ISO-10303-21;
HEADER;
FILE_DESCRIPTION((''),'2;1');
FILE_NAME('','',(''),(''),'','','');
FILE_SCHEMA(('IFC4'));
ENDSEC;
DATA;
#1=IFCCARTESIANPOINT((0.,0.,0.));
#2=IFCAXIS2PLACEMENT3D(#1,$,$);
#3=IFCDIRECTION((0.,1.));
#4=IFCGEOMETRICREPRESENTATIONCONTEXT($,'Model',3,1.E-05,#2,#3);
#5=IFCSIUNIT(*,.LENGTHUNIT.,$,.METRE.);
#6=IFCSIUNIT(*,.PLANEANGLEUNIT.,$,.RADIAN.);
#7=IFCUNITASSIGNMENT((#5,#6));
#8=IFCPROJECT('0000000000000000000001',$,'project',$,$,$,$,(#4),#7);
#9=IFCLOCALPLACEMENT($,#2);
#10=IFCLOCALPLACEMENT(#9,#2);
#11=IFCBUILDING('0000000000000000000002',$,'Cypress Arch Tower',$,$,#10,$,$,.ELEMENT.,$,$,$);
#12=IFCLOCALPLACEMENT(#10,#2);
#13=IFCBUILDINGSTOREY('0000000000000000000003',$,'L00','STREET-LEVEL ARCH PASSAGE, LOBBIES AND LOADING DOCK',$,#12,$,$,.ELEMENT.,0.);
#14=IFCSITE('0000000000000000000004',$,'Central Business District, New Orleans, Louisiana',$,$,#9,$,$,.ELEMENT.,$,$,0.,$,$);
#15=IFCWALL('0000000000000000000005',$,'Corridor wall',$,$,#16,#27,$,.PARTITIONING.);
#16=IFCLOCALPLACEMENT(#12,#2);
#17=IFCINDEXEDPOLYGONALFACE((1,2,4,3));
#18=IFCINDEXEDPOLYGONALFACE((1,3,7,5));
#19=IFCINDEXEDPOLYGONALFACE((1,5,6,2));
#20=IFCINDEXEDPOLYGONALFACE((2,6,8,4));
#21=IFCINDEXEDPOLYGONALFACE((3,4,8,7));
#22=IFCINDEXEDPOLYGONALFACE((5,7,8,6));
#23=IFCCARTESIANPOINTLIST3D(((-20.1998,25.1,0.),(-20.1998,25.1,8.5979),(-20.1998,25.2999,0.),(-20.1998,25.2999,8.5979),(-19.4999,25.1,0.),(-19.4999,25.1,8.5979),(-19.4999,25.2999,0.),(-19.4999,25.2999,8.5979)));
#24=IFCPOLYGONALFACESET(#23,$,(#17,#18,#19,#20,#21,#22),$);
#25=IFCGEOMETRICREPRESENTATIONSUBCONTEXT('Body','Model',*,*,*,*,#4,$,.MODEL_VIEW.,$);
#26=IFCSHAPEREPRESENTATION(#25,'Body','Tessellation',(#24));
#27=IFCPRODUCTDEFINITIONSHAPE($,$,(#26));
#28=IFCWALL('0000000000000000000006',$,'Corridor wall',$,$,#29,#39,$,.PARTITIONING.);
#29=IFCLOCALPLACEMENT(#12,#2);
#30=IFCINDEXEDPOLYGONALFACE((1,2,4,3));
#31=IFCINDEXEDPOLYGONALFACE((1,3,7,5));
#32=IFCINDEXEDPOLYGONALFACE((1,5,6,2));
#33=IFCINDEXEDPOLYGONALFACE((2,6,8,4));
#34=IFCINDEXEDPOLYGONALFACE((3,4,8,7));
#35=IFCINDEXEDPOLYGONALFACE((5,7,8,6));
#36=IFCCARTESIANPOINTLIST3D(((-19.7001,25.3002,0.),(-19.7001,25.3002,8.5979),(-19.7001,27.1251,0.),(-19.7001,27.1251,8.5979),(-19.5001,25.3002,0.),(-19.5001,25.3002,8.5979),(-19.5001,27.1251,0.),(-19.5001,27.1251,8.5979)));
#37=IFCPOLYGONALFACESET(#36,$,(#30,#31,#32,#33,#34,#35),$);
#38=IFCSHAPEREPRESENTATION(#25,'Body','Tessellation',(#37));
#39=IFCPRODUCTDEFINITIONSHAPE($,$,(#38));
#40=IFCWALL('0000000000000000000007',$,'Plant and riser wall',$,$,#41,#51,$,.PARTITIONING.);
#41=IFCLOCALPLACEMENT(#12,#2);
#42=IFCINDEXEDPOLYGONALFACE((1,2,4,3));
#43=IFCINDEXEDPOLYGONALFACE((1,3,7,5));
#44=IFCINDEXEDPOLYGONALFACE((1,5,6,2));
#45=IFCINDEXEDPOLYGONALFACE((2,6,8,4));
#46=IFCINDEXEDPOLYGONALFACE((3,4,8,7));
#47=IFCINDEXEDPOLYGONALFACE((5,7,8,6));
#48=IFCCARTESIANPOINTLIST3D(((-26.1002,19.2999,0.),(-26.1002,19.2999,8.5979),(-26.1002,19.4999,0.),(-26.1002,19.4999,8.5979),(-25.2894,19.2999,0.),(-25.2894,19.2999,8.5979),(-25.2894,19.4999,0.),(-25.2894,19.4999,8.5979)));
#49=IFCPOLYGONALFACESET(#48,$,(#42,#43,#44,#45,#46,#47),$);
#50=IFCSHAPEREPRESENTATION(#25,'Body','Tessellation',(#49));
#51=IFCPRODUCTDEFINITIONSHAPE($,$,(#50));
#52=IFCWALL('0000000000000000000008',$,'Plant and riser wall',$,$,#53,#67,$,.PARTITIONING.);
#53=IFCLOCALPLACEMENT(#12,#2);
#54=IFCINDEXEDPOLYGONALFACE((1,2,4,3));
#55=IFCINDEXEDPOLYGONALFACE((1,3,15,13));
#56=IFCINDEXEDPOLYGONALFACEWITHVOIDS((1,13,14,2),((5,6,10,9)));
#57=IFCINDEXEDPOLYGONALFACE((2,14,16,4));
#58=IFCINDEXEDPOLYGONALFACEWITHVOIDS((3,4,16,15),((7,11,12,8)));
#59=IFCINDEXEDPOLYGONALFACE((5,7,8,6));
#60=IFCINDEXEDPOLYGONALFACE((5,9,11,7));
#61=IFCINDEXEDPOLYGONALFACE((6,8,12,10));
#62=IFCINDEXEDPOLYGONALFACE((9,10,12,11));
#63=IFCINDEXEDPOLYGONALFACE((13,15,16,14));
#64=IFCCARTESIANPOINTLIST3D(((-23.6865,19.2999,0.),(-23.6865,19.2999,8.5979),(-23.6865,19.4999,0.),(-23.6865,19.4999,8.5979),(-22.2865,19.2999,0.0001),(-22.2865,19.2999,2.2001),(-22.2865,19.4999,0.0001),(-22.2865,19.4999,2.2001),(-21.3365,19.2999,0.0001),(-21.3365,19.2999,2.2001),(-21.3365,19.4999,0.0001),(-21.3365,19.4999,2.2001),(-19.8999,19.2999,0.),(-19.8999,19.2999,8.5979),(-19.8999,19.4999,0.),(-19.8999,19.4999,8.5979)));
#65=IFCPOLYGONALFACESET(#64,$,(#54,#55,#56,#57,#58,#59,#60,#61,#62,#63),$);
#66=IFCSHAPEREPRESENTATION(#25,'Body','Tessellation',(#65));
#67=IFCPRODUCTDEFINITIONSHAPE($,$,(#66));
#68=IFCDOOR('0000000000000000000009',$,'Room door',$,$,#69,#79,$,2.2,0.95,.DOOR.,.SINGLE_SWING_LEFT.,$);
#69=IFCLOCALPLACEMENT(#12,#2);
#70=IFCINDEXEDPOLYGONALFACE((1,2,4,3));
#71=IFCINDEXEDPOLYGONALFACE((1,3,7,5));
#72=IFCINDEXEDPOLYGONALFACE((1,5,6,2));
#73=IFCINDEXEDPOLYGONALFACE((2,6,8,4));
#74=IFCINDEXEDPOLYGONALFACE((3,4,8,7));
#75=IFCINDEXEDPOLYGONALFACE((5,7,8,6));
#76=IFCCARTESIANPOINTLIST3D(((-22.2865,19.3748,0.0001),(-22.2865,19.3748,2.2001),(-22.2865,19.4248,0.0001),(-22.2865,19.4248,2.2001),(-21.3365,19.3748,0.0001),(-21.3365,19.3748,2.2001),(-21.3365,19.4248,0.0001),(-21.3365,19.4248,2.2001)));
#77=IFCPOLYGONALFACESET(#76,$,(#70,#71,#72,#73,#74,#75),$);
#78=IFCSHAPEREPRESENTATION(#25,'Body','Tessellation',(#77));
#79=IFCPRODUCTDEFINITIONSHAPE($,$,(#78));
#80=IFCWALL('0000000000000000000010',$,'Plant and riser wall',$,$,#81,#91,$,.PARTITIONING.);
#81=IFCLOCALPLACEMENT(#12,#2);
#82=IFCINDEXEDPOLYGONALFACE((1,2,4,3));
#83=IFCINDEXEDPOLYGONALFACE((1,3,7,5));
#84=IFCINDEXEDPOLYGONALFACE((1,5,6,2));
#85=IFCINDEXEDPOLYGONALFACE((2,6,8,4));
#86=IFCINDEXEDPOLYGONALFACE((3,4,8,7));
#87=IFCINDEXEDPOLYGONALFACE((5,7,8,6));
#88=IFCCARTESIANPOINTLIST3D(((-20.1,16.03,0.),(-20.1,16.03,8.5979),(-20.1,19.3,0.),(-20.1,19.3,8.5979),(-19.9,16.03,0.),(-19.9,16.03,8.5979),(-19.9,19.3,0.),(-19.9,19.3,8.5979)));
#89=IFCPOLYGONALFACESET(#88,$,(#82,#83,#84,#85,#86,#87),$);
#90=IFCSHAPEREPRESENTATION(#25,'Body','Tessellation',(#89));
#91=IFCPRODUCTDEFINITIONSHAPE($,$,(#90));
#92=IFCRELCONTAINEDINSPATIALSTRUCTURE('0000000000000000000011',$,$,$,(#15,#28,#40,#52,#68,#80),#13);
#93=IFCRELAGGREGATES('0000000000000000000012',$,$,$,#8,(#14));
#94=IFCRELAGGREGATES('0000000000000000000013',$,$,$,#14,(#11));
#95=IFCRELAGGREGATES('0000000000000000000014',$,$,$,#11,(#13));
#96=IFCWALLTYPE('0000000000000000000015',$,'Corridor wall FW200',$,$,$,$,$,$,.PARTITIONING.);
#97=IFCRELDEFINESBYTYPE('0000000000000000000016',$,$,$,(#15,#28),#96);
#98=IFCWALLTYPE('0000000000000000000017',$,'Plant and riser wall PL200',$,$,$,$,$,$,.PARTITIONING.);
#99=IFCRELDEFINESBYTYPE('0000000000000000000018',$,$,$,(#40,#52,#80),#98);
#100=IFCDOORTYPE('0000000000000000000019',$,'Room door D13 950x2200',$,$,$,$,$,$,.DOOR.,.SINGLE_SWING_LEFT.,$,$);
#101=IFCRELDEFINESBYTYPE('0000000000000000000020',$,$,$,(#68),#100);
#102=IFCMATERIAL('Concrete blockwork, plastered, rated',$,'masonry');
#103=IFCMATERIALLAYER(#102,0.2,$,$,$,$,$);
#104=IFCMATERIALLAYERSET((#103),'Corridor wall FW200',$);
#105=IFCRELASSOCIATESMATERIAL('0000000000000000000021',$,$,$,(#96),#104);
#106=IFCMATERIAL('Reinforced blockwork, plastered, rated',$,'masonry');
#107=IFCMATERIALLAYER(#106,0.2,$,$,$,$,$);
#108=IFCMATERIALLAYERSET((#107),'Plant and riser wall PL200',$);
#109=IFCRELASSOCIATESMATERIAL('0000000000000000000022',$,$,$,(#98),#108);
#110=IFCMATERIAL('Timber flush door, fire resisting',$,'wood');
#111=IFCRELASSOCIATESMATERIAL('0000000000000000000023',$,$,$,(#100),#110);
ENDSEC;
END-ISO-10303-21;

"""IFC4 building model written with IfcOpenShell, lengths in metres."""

from ifc_helpers import new_model, si_unit, direction, frame, frame_2d, origin, place, context, subcontext, project, spatial, rectangle, extrude, material, layer, layer_set, type_object, element, fill, save


model = new_model("IFC4")

# Units and contexts
model_context = context("Model", 3, precision=1e-05, world=origin(), true_north=direction((0.0, 1.0)))
body_context = subcontext(model_context, "Body", "Model", "MODEL_VIEW")
ifc_project = project(units=[si_unit("LENGTHUNIT", "METRE"), si_unit("PLANEANGLEUNIT", "RADIAN")], contexts=[model_context])

# Site, building, storey
site_placement = place(None, origin())
site = spatial("IfcSite", under=ifc_project, at=site_placement, Name="Central Business District, New Orleans, Louisiana", CompositionType="ELEMENT", RefElevation=0.0)
building_placement = place(site_placement, origin())
building = spatial("IfcBuilding", under=site, at=building_placement, Name="Cypress Arch Tower", CompositionType="ELEMENT")
storey_placement = place(building_placement, origin())
storey = spatial("IfcBuildingStorey", under=building, at=storey_placement, Name="L00", Description="STREET-LEVEL ARCH PASSAGE, LOBBIES AND LOADING DOCK", CompositionType="ELEMENT", Elevation=0.0)

# Shared definitions
ifc_material_1 = material(Name="Concrete blockwork, plastered, rated", Category="masonry")
ifc_layer_1 = layer(ifc_material_1, 0.2)
ifc_layer_set_1 = layer_set([ifc_layer_1], Name="Corridor wall FW200")
wall_type_1 = type_object("IfcWallType", Name="Corridor wall FW200", PredefinedType="PARTITIONING", material=ifc_layer_set_1)

# Walls
wall_1_placement = place(storey_placement, frame((-20.2, 25.2, 0.0), z_axis=(0.0, 0.0, 1.0), x_axis=(1.0, 0.0, 0.0)))
element("IfcWall", 1, at=wall_1_placement, inside=storey, type_object=wall_type_1, Name="Corridor wall", PredefinedType="PARTITIONING", context=body_context, shape_type="SweptSolid", body=[
    extrude(rectangle(XDim=0.7, YDim=0.2, at=frame_2d((0.3501, 0.0))), origin(), (0.0, 0.0, 1.0), 8.5979),
])
wall_2_placement = place(storey_placement, frame((-19.6001, 25.3, 0.0), z_axis=(0.0, 0.0, 1.0), x_axis=(0.0, 1.0, 0.0)))
element("IfcWall", 2, at=wall_2_placement, inside=storey, type_object=wall_type_1, Name="Corridor wall", PredefinedType="PARTITIONING", context=body_context, shape_type="SweptSolid", body=[
    extrude(rectangle(XDim=1.825, YDim=0.2, at=frame_2d((0.9126, 0.0))), origin(), (0.0, 0.0, 1.0), 8.5979),
])
ifc_material_2 = material(Name="Reinforced blockwork, plastered, rated", Category="masonry")
ifc_layer_2 = layer(ifc_material_2, 0.2)
ifc_layer_set_2 = layer_set([ifc_layer_2], Name="Plant and riser wall PL200")
wall_type_2 = type_object("IfcWallType", Name="Plant and riser wall PL200", PredefinedType="PARTITIONING", material=ifc_layer_set_2)
wall_3_placement = place(storey_placement, frame((-26.1001, 19.3999, 0.0), z_axis=(0.0, 0.0, 1.0), x_axis=(1.0, 0.0, 0.0)))
element("IfcWall", 3, at=wall_3_placement, inside=storey, type_object=wall_type_2, Name="Plant and riser wall", PredefinedType="PARTITIONING", context=body_context, shape_type="SweptSolid", body=[
    extrude(rectangle(XDim=0.8108, YDim=0.2, at=frame_2d((0.4053, 0.0))), origin(), (0.0, 0.0, 1.0), 8.5979),
])

# Wall, opening, door
wall_4_placement = place(storey_placement, frame((-23.6865, 19.3999, 0.0), z_axis=(0.0, 0.0, 1.0), x_axis=(1.0, 0.0, 0.0)))
wall_4 = element("IfcWall", 4, at=wall_4_placement, inside=storey, type_object=wall_type_2, Name="Plant and riser wall", PredefinedType="PARTITIONING", context=body_context, shape_type="SweptSolid", body=[
    extrude(rectangle(XDim=3.7866, YDim=0.2, at=frame_2d((1.8933, 0.0))), origin(), (0.0, 0.0, 1.0), 8.5979),
])
opening_1_placement = place(wall_4_placement, frame((1.3999, 0.0, 0.0)))
opening_1 = element("IfcOpeningElement", 5, at=opening_1_placement, cuts=wall_4, PredefinedType="OPENING", context=body_context, shape_type="SweptSolid", body=[
    extrude(rectangle(XDim=0.95, YDim=2.2, at=frame_2d((0.4751, 1.1001))), frame((0.0, 0.1099, 0.0), z_axis=(0.0, -1.0, 0.0), x_axis=(1.0, 0.0, 0.0)), (0.0, 0.0, 1.0), 0.22),
])
ifc_material_3 = material(Name="Timber flush door, fire resisting", Category="wood")
door_type_1 = type_object("IfcDoorType", Name="Room door D13 950x2200", OperationType="SINGLE_SWING_LEFT", PredefinedType="DOOR", material=ifc_material_3)
door_1_placement = place(opening_1_placement, origin())
door_1 = element("IfcDoor", 6, at=door_1_placement, inside=storey, type_object=door_type_1, Name="Room door", OperationType="SINGLE_SWING_LEFT", OverallHeight=2.2, OverallWidth=0.95, PredefinedType="DOOR", context=body_context, shape_type="SweptSolid", body=[
    extrude(rectangle(XDim=0.95, YDim=2.2, at=frame_2d((0.4751, 1.1001))), frame((0.0, 0.0249, 0.0), z_axis=(0.0, -1.0, 0.0), x_axis=(1.0, 0.0, 0.0)), (0.0, 0.0, 1.0), 0.05),
])
fill(opening_1, door_1)

# Wall
wall_5_placement = place(storey_placement, frame((-20.0, 16.03, 0.0), z_axis=(0.0, 0.0, 1.0), x_axis=(0.0, 1.0, 0.0)))
element("IfcWall", 7, at=wall_5_placement, inside=storey, type_object=wall_type_2, Name="Plant and riser wall", PredefinedType="PARTITIONING", context=body_context, shape_type="SweptSolid", body=[
    extrude(rectangle(XDim=3.27, YDim=0.2, at=frame_2d((1.635, 0.0))), origin(), (0.0, 0.0, 1.0), 8.5979),
])

save(model, "model.ifc")
